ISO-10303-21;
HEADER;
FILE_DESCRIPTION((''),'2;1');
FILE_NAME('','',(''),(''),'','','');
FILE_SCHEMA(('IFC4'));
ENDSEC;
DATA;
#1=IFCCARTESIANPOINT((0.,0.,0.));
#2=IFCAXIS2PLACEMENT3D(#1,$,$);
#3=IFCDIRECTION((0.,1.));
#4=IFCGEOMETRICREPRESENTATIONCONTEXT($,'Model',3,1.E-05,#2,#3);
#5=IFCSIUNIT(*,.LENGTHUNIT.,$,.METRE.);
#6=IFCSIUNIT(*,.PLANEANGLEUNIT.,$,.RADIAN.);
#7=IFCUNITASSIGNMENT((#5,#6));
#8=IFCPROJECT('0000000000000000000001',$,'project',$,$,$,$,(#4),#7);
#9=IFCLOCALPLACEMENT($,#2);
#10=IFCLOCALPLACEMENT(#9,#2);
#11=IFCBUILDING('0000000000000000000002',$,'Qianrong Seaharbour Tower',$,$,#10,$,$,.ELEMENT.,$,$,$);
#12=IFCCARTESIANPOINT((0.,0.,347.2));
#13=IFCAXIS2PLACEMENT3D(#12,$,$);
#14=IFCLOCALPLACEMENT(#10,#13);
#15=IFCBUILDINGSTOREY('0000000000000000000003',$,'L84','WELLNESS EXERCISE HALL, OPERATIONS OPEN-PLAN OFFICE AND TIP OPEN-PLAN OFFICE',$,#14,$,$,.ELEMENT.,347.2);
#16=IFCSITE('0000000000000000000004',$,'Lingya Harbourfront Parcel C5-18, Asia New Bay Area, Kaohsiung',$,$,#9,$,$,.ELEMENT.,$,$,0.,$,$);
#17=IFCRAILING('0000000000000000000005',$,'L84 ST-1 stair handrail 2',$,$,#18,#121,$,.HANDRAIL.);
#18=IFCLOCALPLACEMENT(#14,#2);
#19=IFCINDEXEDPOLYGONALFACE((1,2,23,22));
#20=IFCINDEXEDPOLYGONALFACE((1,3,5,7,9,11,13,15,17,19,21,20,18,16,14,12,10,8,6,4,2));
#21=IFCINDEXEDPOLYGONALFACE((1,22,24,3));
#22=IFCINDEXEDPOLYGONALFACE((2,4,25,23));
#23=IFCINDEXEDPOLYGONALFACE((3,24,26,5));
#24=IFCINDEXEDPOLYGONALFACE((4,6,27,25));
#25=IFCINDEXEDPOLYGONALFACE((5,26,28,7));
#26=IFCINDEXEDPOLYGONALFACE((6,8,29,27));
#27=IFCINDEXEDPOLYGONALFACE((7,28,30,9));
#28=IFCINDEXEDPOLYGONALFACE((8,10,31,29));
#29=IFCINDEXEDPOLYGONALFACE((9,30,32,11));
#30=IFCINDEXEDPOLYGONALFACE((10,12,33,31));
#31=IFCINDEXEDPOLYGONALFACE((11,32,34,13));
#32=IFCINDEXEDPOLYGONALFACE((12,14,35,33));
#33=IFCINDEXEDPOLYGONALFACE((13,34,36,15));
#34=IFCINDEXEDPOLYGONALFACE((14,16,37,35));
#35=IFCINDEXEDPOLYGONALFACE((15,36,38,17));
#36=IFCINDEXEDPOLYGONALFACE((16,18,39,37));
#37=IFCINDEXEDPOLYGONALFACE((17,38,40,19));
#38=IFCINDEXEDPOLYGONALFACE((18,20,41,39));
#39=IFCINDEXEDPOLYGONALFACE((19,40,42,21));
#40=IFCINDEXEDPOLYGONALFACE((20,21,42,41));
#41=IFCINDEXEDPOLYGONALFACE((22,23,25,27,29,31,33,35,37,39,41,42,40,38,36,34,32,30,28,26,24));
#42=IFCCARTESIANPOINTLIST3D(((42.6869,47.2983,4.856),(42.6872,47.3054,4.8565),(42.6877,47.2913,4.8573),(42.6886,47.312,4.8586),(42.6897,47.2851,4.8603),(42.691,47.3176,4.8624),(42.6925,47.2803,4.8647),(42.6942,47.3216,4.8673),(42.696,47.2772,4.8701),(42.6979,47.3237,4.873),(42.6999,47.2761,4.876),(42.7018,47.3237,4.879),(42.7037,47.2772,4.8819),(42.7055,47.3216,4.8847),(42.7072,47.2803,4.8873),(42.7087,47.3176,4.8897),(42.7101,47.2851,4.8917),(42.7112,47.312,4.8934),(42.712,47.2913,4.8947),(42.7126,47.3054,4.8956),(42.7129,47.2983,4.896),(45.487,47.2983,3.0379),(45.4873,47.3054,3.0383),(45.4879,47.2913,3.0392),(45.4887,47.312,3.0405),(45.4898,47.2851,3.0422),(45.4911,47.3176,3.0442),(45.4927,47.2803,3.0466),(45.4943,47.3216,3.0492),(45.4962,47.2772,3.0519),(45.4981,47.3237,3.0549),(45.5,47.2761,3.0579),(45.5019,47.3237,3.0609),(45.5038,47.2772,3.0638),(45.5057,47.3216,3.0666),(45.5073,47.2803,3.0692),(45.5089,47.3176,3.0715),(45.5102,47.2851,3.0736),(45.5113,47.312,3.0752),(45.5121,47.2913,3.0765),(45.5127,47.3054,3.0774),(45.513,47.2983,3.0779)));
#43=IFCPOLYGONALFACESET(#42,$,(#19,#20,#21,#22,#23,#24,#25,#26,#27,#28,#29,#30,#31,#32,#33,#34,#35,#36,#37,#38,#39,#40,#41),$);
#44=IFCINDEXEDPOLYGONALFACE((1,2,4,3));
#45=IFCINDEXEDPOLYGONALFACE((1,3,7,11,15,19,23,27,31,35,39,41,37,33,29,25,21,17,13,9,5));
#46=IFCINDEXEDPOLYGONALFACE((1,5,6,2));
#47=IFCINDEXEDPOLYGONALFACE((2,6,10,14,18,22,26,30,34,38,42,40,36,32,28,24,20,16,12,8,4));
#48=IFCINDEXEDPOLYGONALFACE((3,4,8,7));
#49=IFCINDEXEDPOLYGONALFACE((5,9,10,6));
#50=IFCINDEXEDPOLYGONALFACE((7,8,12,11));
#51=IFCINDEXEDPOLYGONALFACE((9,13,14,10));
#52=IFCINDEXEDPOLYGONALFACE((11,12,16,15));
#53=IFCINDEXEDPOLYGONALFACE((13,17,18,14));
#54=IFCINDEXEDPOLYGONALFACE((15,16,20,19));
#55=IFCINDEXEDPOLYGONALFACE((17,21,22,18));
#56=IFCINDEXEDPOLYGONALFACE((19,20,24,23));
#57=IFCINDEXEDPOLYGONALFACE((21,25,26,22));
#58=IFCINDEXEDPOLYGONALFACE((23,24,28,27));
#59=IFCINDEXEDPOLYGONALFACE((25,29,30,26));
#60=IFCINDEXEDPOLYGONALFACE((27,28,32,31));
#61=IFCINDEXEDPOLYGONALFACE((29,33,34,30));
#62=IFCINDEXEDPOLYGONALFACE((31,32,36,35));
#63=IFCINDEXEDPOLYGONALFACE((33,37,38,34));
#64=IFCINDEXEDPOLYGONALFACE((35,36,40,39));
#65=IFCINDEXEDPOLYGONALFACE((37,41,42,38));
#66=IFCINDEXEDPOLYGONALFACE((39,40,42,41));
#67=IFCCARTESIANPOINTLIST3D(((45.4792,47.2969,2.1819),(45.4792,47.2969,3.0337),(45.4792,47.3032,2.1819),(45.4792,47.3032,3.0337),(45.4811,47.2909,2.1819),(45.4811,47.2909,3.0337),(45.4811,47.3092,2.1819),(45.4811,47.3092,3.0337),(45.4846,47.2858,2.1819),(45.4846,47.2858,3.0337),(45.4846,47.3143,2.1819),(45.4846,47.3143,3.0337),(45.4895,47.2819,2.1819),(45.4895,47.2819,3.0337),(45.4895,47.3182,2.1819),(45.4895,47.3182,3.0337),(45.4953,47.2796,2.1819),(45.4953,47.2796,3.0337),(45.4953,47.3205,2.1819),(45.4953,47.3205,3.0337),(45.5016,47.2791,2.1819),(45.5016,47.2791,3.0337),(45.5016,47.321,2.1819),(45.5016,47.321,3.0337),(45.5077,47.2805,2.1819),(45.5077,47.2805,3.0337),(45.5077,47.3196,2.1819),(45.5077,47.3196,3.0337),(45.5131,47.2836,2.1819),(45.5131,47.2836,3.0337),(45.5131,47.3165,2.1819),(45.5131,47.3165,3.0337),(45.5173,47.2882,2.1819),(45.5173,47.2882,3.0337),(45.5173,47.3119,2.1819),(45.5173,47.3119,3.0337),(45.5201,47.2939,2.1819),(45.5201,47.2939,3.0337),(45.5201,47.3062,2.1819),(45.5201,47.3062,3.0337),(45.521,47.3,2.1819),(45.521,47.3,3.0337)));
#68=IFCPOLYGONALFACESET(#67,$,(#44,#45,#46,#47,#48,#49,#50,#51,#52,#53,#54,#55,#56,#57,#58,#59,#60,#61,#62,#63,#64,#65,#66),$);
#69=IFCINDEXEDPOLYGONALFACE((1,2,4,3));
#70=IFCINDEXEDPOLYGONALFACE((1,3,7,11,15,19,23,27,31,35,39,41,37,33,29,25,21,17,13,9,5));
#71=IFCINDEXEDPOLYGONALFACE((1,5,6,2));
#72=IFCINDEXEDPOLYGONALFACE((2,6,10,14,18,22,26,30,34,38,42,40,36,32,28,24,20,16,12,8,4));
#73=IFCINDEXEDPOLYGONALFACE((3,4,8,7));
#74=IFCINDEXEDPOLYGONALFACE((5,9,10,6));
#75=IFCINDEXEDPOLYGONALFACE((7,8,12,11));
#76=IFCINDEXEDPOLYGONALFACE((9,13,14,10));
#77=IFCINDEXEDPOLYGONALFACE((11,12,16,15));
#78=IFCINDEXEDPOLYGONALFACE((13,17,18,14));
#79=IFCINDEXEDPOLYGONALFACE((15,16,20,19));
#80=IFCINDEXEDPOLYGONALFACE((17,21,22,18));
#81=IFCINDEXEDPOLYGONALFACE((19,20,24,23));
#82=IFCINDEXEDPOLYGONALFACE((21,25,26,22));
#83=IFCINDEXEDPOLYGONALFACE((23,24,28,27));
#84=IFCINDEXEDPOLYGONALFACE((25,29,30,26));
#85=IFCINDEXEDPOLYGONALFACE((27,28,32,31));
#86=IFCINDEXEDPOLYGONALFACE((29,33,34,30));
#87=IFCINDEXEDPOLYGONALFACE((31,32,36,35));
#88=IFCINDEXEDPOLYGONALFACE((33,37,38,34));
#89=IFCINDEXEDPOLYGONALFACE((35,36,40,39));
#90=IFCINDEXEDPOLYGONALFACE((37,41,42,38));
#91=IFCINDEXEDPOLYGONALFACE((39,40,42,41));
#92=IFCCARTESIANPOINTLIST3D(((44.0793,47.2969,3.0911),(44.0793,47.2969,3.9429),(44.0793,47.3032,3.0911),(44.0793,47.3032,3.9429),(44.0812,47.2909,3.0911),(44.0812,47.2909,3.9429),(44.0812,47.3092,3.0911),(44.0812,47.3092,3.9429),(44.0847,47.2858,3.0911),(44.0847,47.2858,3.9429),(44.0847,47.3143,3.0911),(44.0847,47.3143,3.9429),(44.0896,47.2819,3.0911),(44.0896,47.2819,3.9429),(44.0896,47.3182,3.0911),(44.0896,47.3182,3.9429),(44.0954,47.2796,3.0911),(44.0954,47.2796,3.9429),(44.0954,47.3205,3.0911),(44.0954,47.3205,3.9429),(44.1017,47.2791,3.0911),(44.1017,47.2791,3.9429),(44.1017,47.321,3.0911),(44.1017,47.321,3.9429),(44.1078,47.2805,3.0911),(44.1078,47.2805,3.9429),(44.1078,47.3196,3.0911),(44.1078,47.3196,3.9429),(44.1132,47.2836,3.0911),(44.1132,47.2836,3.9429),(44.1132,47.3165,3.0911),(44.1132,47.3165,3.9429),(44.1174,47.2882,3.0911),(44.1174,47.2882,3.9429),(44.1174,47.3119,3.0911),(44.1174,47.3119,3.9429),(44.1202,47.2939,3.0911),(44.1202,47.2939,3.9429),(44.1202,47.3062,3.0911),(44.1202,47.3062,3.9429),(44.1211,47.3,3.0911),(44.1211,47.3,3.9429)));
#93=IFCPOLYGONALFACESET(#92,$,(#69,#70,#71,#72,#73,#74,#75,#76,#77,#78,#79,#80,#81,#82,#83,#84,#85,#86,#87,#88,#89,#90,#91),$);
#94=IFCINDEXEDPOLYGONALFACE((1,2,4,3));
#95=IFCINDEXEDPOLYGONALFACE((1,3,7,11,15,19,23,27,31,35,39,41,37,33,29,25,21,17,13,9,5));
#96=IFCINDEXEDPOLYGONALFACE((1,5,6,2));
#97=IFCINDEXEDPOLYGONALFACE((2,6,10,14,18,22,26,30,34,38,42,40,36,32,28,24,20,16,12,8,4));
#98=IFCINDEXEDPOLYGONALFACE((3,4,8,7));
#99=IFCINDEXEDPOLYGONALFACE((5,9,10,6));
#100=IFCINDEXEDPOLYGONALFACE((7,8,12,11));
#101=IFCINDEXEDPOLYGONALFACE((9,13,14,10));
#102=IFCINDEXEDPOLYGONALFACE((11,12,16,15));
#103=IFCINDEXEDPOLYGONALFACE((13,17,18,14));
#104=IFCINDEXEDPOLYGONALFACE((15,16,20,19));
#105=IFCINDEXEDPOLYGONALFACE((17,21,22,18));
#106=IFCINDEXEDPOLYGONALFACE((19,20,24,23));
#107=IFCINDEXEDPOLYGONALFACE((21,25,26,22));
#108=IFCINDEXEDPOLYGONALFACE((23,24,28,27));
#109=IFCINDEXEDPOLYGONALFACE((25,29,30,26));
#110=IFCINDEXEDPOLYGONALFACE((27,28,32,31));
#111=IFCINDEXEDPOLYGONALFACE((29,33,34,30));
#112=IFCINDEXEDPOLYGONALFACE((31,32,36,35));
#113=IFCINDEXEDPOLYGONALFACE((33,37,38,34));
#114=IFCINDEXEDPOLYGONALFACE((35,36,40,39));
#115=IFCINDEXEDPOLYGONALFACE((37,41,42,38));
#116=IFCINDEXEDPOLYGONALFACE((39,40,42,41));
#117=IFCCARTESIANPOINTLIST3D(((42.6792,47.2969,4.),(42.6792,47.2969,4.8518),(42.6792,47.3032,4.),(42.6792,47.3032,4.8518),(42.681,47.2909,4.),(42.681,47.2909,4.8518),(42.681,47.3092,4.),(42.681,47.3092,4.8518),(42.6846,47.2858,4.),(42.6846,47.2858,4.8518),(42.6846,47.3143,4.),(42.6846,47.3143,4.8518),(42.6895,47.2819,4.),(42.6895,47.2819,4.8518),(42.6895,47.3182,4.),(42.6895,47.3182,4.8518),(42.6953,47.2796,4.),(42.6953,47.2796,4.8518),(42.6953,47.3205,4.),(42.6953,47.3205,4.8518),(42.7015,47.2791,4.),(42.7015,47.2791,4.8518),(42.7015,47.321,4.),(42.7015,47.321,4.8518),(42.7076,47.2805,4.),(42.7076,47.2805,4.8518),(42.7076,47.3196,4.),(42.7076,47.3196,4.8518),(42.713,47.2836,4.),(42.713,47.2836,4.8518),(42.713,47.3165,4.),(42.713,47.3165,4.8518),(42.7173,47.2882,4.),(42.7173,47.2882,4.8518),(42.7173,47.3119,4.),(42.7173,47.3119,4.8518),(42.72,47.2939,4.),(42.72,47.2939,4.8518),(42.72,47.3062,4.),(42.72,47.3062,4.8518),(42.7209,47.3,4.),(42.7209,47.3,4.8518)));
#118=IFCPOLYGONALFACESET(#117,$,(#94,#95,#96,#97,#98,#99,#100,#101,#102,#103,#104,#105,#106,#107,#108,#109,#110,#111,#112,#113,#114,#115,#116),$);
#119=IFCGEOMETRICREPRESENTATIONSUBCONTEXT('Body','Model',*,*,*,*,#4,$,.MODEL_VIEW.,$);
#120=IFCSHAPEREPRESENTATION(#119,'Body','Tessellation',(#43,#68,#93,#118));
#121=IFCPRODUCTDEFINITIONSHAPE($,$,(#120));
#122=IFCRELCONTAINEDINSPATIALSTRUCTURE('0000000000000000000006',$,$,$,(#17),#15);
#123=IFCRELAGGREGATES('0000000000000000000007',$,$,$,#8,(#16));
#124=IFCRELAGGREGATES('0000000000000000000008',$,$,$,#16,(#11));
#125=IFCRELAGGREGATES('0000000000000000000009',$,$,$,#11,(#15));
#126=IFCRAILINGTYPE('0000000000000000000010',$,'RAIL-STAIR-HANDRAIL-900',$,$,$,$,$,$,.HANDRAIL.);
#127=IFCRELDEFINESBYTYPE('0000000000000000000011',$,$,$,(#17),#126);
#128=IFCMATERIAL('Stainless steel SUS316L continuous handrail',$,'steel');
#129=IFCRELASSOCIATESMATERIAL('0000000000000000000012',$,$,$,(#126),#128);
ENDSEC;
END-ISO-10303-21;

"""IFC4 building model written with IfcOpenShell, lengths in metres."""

from ifc_helpers import new_model, si_unit, direction, frame, origin, origin_2d, place, context, subcontext, project, spatial, circle, extrude, material, type_object, element, save


model = new_model("IFC4")

# Units and contexts
model_context = context("Model", 3, precision=1e-05, world=origin(), true_north=direction((0.0, 1.0)))
body_context = subcontext(model_context, "Body", "Model", "MODEL_VIEW")
ifc_project = project(units=[si_unit("LENGTHUNIT", "METRE"), si_unit("PLANEANGLEUNIT", "RADIAN")], contexts=[model_context])

# Site, building, storey
site_placement = place(None, origin())
site = spatial("IfcSite", under=ifc_project, at=site_placement, Name="Lingya Harbourfront Parcel C5-18, Asia New Bay Area, Kaohsiung", CompositionType="ELEMENT", RefElevation=0.0)
building_placement = place(site_placement, origin())
building = spatial("IfcBuilding", under=site, at=building_placement, Name="Qianrong Seaharbour Tower", CompositionType="ELEMENT")
storey_placement = place(building_placement, frame((0.0, 0.0, 347.2)))
storey = spatial("IfcBuildingStorey", under=building, at=storey_placement, Name="L84", Description="WELLNESS EXERCISE HALL, OPERATIONS OPEN-PLAN OFFICE AND TIP OPEN-PLAN OFFICE", CompositionType="ELEMENT", Elevation=347.2)

# Railing
ifc_material_1 = material(Name="Stainless steel SUS316L continuous handrail", Category="steel")
railing_type_1 = type_object("IfcRailingType", Name="RAIL-STAIR-HANDRAIL-900", PredefinedType="HANDRAIL", material=ifc_material_1)
railing_1_placement = place(storey_placement, frame((45.5, 47.3, 2.1819)))
element("IfcRailing", 1, at=railing_1_placement, inside=storey, type_object=railing_type_1, Name="L84 ST-1 stair handrail 2", PredefinedType="HANDRAIL", context=body_context, shape_type="SweptSolid", body=[
    extrude(circle(Radius=0.0239, at=origin_2d()), frame((0.0, 0.0, 0.876), z_axis=(-0.838706, 0.0, 0.544585), x_axis=(0.0, -1.0, 0.0)), (0.0, 0.0, 1.0), 3.3386),
    extrude(circle(Radius=0.021, at=origin_2d()), origin(), (0.0, 0.0, 1.0), 0.8518),
    extrude(circle(Radius=0.021, at=origin_2d()), frame((-1.3999, 0.0, 0.9092)), (0.0, 0.0, 1.0), 0.8518),
    extrude(circle(Radius=0.021, at=origin_2d()), frame((-2.8, 0.0, 1.8181)), (0.0, 0.0, 1.0), 0.8518),
])

save(model, "model.ifc")
